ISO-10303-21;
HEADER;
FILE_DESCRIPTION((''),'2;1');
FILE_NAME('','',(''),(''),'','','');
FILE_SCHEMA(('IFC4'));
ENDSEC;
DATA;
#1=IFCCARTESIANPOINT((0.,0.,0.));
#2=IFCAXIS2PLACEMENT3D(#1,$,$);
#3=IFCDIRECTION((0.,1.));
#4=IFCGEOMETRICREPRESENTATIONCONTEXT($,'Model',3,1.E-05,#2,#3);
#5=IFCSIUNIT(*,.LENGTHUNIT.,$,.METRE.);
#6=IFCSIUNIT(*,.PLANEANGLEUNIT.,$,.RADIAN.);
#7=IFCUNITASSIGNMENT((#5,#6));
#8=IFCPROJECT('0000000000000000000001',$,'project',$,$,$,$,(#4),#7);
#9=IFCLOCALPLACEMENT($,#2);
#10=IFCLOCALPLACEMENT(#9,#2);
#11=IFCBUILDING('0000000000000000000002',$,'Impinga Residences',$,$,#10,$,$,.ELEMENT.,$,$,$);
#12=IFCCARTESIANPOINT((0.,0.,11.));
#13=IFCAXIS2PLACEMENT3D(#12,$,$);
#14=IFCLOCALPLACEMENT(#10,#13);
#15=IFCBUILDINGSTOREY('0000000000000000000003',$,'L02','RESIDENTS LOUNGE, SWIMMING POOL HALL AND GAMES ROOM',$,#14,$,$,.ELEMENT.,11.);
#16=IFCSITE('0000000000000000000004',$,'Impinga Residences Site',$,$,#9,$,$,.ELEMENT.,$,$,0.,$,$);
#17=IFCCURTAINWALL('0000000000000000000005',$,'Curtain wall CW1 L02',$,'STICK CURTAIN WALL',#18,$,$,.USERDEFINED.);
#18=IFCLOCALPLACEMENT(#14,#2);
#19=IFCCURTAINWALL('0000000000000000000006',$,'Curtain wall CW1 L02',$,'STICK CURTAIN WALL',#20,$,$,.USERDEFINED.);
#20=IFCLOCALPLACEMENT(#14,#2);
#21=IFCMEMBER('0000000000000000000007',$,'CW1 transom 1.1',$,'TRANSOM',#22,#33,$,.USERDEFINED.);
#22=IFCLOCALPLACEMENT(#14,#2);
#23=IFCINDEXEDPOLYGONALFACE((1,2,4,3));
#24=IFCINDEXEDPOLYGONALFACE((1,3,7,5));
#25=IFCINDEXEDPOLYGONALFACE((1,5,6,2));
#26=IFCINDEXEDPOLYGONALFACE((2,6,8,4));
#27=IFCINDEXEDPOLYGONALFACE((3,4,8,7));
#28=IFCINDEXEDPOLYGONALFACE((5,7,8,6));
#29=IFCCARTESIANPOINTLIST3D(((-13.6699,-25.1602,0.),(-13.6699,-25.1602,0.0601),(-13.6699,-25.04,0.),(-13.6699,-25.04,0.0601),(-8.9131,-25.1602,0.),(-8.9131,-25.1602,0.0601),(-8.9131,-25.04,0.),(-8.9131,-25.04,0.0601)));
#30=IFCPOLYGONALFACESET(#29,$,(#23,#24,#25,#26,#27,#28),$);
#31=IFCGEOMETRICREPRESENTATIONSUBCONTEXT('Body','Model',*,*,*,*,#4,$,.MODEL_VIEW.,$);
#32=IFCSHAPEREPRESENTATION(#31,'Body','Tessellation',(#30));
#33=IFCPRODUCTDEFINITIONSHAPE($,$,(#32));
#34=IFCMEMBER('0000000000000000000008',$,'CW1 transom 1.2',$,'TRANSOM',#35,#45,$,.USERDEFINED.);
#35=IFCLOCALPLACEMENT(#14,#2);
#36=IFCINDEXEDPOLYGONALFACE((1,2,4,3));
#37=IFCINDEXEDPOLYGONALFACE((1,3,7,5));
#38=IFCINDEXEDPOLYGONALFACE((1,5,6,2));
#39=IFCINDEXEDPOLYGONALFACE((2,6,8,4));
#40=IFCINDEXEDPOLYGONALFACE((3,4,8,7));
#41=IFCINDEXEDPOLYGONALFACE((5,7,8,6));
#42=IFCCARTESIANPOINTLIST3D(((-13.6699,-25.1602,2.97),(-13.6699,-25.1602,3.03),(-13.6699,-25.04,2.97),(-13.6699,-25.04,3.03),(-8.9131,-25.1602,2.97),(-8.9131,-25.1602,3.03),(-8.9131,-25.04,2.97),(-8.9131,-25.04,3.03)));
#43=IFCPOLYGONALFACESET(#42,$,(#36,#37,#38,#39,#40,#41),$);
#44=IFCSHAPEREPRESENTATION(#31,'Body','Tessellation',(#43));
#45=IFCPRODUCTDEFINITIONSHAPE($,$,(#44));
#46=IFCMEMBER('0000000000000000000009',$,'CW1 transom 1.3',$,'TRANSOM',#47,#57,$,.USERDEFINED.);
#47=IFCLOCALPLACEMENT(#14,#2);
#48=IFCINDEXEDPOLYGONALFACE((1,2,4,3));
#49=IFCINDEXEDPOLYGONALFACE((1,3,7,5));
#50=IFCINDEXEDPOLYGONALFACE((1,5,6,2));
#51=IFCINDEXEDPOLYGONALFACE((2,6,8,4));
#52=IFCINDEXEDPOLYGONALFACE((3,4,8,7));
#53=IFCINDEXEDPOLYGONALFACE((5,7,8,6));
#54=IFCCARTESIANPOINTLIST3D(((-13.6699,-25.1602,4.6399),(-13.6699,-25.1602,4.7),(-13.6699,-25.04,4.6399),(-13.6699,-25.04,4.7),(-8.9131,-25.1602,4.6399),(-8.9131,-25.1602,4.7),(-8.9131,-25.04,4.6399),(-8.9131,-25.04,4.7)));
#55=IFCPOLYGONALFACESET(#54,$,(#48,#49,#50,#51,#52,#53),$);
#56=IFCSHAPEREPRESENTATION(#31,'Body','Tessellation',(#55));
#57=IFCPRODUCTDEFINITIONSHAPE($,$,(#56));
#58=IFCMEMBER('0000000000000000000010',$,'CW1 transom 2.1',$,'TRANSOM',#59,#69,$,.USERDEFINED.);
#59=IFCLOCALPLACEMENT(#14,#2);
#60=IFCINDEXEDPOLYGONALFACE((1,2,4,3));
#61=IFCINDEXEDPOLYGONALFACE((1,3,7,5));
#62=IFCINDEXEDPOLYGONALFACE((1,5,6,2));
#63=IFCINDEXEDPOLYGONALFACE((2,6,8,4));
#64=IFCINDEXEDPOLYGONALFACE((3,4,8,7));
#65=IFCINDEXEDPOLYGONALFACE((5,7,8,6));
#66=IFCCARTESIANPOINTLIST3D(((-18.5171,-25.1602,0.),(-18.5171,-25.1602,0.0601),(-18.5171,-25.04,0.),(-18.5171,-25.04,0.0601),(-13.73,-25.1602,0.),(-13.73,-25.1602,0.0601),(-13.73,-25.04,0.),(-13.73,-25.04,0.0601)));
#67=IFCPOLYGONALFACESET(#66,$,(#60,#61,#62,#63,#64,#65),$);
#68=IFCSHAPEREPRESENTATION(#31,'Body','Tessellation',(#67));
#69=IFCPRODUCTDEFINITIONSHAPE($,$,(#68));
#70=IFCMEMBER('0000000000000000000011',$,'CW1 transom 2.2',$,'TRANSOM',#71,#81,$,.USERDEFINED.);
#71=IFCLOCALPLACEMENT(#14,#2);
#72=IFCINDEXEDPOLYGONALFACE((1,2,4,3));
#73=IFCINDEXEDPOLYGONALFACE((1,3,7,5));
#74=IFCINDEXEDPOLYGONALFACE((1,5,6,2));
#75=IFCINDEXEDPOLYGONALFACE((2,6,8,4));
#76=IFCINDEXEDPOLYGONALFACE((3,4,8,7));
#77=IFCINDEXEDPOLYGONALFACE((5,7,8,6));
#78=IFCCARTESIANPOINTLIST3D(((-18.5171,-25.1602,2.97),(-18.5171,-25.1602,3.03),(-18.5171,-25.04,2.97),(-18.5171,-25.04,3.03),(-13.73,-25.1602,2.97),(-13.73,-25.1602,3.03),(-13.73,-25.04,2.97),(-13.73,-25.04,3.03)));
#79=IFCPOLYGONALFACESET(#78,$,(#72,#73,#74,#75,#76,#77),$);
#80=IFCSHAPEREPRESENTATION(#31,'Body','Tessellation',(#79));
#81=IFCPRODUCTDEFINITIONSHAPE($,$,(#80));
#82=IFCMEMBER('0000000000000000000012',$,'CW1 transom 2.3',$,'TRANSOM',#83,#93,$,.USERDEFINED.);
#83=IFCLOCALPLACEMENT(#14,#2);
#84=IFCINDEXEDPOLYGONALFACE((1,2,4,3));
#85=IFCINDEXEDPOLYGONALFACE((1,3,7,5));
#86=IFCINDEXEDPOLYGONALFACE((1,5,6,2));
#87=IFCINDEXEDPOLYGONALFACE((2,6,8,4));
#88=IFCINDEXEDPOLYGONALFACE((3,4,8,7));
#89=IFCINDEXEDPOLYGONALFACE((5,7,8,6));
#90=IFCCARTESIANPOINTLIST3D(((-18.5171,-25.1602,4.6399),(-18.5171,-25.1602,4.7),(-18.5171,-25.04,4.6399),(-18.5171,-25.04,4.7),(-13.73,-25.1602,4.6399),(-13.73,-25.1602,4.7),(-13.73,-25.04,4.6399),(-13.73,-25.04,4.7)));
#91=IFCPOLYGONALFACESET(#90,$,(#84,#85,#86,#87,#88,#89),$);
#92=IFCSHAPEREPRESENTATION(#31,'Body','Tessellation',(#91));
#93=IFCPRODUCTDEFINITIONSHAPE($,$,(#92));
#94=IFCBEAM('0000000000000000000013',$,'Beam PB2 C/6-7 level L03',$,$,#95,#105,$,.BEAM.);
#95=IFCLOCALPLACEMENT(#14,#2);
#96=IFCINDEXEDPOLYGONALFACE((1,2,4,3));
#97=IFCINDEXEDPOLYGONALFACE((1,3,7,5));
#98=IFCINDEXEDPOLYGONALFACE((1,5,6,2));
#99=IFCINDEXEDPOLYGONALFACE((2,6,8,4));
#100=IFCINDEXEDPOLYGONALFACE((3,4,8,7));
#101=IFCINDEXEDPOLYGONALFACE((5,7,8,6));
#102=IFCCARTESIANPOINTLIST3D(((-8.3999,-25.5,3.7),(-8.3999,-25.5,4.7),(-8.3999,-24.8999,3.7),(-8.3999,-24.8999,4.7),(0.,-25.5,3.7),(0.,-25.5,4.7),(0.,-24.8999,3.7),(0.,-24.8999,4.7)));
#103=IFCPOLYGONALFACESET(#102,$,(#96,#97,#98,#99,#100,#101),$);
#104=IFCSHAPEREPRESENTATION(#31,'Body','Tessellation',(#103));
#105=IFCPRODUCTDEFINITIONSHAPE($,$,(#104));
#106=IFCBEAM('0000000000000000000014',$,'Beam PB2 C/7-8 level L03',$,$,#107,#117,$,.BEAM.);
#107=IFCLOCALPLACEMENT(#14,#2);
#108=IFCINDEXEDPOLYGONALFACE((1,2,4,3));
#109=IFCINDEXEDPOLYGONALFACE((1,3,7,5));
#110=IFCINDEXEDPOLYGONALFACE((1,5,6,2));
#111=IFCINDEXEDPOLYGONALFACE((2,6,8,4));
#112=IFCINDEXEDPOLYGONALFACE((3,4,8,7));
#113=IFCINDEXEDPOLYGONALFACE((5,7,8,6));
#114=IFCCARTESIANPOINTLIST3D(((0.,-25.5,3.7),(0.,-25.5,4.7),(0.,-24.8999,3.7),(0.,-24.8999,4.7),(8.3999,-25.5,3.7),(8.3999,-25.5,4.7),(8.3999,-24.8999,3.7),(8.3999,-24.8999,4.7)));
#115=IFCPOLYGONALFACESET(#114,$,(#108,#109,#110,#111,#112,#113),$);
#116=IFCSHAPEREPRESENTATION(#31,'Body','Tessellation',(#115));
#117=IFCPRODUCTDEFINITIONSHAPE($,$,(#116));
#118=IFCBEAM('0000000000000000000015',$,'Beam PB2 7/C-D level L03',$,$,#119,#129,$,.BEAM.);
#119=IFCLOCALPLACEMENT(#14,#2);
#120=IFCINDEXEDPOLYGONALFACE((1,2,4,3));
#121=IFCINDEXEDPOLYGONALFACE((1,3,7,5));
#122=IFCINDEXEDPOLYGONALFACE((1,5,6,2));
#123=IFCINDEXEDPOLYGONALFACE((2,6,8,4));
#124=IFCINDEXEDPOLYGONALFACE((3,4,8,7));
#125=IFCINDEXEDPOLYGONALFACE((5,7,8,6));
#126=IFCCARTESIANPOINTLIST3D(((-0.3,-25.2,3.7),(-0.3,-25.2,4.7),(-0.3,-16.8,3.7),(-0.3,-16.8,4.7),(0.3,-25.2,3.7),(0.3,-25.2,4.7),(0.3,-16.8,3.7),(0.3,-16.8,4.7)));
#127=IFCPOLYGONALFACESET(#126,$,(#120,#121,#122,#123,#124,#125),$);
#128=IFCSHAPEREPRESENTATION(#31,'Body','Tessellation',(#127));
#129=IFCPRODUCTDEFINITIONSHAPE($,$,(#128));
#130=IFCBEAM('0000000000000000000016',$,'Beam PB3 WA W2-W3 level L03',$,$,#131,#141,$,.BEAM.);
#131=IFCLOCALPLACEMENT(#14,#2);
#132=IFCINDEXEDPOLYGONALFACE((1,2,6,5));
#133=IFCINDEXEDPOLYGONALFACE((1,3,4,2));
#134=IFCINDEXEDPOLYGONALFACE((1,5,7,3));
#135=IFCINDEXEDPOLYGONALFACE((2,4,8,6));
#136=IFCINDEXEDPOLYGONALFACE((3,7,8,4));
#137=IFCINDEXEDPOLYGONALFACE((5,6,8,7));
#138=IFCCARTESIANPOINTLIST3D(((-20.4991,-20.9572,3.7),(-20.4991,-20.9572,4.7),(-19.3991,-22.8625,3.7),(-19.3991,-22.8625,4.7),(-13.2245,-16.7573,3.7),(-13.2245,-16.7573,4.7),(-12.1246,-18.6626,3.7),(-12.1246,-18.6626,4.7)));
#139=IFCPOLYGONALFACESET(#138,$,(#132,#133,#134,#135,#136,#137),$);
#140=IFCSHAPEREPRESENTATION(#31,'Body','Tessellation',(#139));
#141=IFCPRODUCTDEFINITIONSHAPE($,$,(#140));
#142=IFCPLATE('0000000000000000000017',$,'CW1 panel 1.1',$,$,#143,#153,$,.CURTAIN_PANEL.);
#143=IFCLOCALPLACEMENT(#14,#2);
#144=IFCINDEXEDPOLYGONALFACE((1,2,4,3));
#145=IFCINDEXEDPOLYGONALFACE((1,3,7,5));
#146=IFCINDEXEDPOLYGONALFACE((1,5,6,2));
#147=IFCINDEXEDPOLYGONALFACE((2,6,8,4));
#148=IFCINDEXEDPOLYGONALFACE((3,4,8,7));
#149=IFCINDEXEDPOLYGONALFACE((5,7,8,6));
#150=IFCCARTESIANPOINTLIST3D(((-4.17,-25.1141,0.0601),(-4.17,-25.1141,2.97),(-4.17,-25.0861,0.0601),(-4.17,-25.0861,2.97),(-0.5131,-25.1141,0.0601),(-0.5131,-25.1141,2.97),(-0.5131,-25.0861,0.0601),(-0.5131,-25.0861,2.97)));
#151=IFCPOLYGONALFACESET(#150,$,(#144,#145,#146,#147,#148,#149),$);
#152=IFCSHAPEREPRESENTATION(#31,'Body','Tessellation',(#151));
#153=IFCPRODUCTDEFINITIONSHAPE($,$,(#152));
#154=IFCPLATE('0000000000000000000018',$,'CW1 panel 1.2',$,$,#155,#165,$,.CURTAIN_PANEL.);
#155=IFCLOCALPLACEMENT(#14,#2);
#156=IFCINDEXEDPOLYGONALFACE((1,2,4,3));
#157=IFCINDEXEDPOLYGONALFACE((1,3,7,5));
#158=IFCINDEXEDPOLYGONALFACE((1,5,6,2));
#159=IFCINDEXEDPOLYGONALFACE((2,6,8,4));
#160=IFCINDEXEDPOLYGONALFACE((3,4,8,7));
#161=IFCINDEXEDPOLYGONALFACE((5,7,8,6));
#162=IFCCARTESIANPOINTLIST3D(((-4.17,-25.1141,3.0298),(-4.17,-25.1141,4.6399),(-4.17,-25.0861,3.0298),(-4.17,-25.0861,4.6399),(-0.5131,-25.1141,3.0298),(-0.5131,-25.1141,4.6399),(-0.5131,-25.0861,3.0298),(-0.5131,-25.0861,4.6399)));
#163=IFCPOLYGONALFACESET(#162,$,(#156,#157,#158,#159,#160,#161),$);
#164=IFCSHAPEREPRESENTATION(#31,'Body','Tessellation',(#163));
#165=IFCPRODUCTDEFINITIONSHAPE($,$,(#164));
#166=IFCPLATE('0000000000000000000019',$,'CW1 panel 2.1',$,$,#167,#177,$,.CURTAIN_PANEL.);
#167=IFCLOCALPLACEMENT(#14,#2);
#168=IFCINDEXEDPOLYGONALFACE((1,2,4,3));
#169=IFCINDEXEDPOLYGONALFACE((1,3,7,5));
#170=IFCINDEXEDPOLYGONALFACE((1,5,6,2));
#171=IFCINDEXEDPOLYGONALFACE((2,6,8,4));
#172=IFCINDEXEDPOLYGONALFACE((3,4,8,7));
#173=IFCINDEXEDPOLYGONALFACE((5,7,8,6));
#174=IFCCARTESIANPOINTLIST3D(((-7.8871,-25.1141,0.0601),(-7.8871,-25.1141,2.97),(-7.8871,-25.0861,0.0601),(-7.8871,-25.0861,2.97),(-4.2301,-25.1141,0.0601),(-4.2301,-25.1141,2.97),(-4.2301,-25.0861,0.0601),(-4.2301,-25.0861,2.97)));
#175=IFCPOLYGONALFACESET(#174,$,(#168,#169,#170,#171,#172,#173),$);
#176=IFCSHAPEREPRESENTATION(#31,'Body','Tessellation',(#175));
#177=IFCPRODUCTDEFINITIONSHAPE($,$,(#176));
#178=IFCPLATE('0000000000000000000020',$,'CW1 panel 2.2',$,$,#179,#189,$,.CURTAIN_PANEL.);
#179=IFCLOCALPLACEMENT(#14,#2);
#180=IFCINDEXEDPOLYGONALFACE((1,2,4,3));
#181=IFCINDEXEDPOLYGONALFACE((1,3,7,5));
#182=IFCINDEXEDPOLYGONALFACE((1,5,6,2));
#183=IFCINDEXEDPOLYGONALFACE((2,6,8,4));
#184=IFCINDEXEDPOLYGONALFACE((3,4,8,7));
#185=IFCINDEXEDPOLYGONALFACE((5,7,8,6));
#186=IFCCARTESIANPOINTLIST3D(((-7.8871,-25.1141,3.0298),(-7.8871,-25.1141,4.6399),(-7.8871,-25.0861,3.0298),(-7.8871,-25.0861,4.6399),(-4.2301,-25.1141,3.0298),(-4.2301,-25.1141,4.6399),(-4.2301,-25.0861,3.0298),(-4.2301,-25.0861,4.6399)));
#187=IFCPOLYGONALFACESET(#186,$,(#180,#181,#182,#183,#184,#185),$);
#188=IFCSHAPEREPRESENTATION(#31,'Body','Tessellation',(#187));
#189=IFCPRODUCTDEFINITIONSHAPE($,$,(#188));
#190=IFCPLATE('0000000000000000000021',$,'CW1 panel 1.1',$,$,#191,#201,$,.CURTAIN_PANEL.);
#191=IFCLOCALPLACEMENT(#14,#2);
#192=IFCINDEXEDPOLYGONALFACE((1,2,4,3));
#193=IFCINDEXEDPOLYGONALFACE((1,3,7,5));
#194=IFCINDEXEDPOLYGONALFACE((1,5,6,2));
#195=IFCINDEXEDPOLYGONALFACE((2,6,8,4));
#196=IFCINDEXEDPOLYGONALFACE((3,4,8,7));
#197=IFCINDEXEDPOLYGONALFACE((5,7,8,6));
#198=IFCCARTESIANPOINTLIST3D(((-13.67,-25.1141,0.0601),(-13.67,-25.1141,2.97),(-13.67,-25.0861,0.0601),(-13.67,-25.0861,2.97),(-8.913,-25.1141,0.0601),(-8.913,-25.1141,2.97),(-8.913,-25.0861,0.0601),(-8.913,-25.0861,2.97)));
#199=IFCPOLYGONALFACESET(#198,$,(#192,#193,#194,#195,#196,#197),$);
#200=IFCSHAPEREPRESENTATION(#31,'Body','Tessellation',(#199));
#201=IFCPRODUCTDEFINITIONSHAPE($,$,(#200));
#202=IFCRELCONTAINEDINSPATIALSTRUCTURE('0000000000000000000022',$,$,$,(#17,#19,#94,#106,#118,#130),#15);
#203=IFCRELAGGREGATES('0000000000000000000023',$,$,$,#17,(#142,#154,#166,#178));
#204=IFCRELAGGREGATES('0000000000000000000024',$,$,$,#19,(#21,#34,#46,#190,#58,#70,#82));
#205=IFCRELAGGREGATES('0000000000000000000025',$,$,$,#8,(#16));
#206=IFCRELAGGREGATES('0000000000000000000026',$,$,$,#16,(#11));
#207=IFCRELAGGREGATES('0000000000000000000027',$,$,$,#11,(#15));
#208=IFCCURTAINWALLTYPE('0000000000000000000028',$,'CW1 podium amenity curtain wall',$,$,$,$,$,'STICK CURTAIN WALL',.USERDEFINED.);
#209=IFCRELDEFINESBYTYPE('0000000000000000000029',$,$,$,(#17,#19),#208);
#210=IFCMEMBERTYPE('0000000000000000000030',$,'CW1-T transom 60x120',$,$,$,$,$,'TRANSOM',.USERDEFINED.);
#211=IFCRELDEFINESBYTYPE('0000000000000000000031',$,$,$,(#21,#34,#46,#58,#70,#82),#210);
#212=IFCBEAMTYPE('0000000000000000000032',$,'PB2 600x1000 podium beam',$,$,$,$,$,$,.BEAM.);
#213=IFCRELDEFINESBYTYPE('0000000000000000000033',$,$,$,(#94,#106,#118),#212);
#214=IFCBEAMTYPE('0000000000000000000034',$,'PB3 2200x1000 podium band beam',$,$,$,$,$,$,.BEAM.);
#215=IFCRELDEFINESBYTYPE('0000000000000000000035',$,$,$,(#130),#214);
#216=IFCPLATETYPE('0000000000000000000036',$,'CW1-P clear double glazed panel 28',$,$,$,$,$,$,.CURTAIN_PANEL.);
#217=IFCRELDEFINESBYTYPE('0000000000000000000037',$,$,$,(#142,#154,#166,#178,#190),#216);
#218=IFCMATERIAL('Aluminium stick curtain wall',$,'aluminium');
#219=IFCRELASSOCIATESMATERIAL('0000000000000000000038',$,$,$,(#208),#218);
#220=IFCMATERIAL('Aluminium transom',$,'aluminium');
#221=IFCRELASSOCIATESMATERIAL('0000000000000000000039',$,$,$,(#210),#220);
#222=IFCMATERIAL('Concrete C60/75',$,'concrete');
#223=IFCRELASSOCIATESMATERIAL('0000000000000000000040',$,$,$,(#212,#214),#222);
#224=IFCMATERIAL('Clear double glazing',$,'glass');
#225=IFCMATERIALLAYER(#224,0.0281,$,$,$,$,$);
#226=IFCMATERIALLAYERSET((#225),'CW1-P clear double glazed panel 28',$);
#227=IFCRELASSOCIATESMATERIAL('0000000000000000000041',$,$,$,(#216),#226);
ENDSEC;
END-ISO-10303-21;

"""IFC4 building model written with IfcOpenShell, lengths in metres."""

from ifc_helpers import new_model, si_unit, direction, frame, origin, origin_2d, place, context, subcontext, project, spatial, rectangle, extrude, material, layer, layer_set, material_profile, profile_set, type_object, element, aggregate, save


model = new_model("IFC4")

# Units and contexts
model_context = context("Model", 3, precision=1e-05, world=origin(), true_north=direction((0.0, 1.0)))
body_context = subcontext(model_context, "Body", "Model", "MODEL_VIEW")
ifc_project = project(units=[si_unit("LENGTHUNIT", "METRE"), si_unit("PLANEANGLEUNIT", "RADIAN")], contexts=[model_context])

# Site, building, storey
site_placement = place(None, origin())
site = spatial("IfcSite", under=ifc_project, at=site_placement, Name="Impinga Residences Site", CompositionType="ELEMENT", RefElevation=0.0)
building_placement = place(site_placement, origin())
building = spatial("IfcBuilding", under=site, at=building_placement, Name="Impinga Residences", CompositionType="ELEMENT")
storey_placement = place(building_placement, frame((0.0, 0.0, 11.0)))
storey = spatial("IfcBuildingStorey", under=building, at=storey_placement, Name="L02", Description="RESIDENTS LOUNGE, SWIMMING POOL HALL AND GAMES ROOM", CompositionType="ELEMENT", Elevation=11.0)

# Curtain walls
ifc_material_1 = material(Name="Aluminium stick curtain wall", Category="aluminium")
curtain_wall_type = type_object("IfcCurtainWallType", Name="CW1 podium amenity curtain wall", ElementType="STICK CURTAIN WALL", PredefinedType="USERDEFINED", material=ifc_material_1)
curtain_wall_1_placement = place(storey_placement, origin())
curtain_wall_1 = element("IfcCurtainWall", 1, at=curtain_wall_1_placement, inside=storey, type_object=curtain_wall_type, Name="Curtain wall CW1 L02", ObjectType="STICK CURTAIN WALL", PredefinedType="USERDEFINED")
curtain_wall_2_placement = place(storey_placement, origin())
curtain_wall_2 = element("IfcCurtainWall", 2, at=curtain_wall_2_placement, inside=storey, type_object=curtain_wall_type, Name="Curtain wall CW1 L02", ObjectType="STICK CURTAIN WALL", PredefinedType="USERDEFINED")

# Members
ifc_material_2 = material(Name="Aluminium transom", Category="aluminium")
ifc_material_profile_1 = material_profile(ifc_material_2, rectangle(XDim=0.0601, YDim=0.1201, at=origin_2d()), Name="60x120 transom")
ifc_profile_set_1 = profile_set([ifc_material_profile_1], Name="Aluminium transom")
member_type_1 = type_object("IfcMemberType", Name="CW1-T transom 60x120", ElementType="TRANSOM", PredefinedType="USERDEFINED", material=ifc_profile_set_1)
member_1_placement = place(storey_placement, frame((-8.9131, -25.1001, 0.03), z_axis=(-1.0, 0.0, 0.0), x_axis=(0.0, 0.0, 1.0)))
member_1 = element("IfcMember", 3, at=member_1_placement, type_object=member_type_1, Name="CW1 transom 1.1", ObjectType="TRANSOM", PredefinedType="USERDEFINED", context=body_context, shape_type="SweptSolid", body=[
    extrude(rectangle(XDim=0.0601, YDim=0.1201, at=origin_2d()), origin(), (0.0, 0.0, 1.0), 4.7568),
])
member_2_placement = place(storey_placement, frame((-8.9131, -25.1001, 3.0), z_axis=(-1.0, 0.0, 0.0), x_axis=(0.0, 0.0, 1.0)))
member_2 = element("IfcMember", 4, at=member_2_placement, type_object=member_type_1, Name="CW1 transom 1.2", ObjectType="TRANSOM", PredefinedType="USERDEFINED", context=body_context, shape_type="SweptSolid", body=[
    extrude(rectangle(XDim=0.0601, YDim=0.1201, at=origin_2d()), origin(), (0.0, 0.0, 1.0), 4.7568),
])
member_3_placement = place(storey_placement, frame((-8.9131, -25.1001, 4.6699), z_axis=(-1.0, 0.0, 0.0), x_axis=(0.0, 0.0, 1.0)))
member_3 = element("IfcMember", 5, at=member_3_placement, type_object=member_type_1, Name="CW1 transom 1.3", ObjectType="TRANSOM", PredefinedType="USERDEFINED", context=body_context, shape_type="SweptSolid", body=[
    extrude(rectangle(XDim=0.0601, YDim=0.1201, at=origin_2d()), origin(), (0.0, 0.0, 1.0), 4.7568),
])
member_4_placement = place(storey_placement, frame((-13.73, -25.1001, 0.03), z_axis=(-1.0, 0.0, 0.0), x_axis=(0.0, 0.0, 1.0)))
member_4 = element("IfcMember", 6, at=member_4_placement, type_object=member_type_1, Name="CW1 transom 2.1", ObjectType="TRANSOM", PredefinedType="USERDEFINED", context=body_context, shape_type="SweptSolid", body=[
    extrude(rectangle(XDim=0.0601, YDim=0.1201, at=origin_2d()), origin(), (0.0, 0.0, 1.0), 4.7871),
])
member_5_placement = place(storey_placement, frame((-13.73, -25.1001, 3.0), z_axis=(-1.0, 0.0, 0.0), x_axis=(0.0, 0.0, 1.0)))
member_5 = element("IfcMember", 7, at=member_5_placement, type_object=member_type_1, Name="CW1 transom 2.2", ObjectType="TRANSOM", PredefinedType="USERDEFINED", context=body_context, shape_type="SweptSolid", body=[
    extrude(rectangle(XDim=0.0601, YDim=0.1201, at=origin_2d()), origin(), (0.0, 0.0, 1.0), 4.7871),
])
member_6_placement = place(storey_placement, frame((-13.73, -25.1001, 4.6699), z_axis=(-1.0, 0.0, 0.0), x_axis=(0.0, 0.0, 1.0)))
member_6 = element("IfcMember", 8, at=member_6_placement, type_object=member_type_1, Name="CW1 transom 2.3", ObjectType="TRANSOM", PredefinedType="USERDEFINED", context=body_context, shape_type="SweptSolid", body=[
    extrude(rectangle(XDim=0.0601, YDim=0.1201, at=origin_2d()), origin(), (0.0, 0.0, 1.0), 4.7871),
])

# Beams
ifc_material_3 = material(Name="Concrete C60/75", Category="concrete")
ifc_material_profile_2 = material_profile(ifc_material_3, rectangle(XDim=0.6001, YDim=1.0, at=origin_2d()), Name="RC 600x1000")
ifc_profile_set_2 = profile_set([ifc_material_profile_2], Name="Concrete C60/75")
beam_type_1 = type_object("IfcBeamType", Name="PB2 600x1000 podium beam", PredefinedType="BEAM", material=ifc_profile_set_2)
for number, where, z_axis, x_axis, name in (
    (9, (-8.3999, -25.2, 4.2), (1.0, 0.0, 0.0), (0.0, 1.0, 0.0), "Beam PB2 C/6-7 level L03"),
    (10, (0.0, -25.2, 4.2), (1.0, 0.0, 0.0), (0.0, 1.0, 0.0), "Beam PB2 C/7-8 level L03"),
    (11, (0.0, -25.2, 4.2), (0.0, 1.0, 0.0), (-1.0, 0.0, 0.0), "Beam PB2 7/C-D level L03"),
):
    element("IfcBeam", number, at=place(storey_placement, frame(where, z_axis=z_axis, x_axis=x_axis)), inside=storey, type_object=beam_type_1, Name=name, PredefinedType="BEAM", context=body_context, shape_type="SweptSolid", body=[
        extrude(rectangle(XDim=0.6001, YDim=1.0, at=origin_2d()), origin(), (0.0, 0.0, 1.0), 8.3999),
    ])
ifc_material_profile_3 = material_profile(ifc_material_3, rectangle(XDim=2.2, YDim=1.0, at=origin_2d()), Name="RC 2200x1000")
ifc_profile_set_3 = profile_set([ifc_material_profile_3], Name="Concrete C60/75")
beam_type_2 = type_object("IfcBeamType", Name="PB3 2200x1000 podium band beam", PredefinedType="BEAM", material=ifc_profile_set_3)
beam_placement = place(storey_placement, frame((-12.6746, -17.71, 4.2), z_axis=(-0.866029, -0.499993, 0.0), x_axis=(0.499993, -0.866029, 0.0)))
element("IfcBeam", 12, at=beam_placement, inside=storey, type_object=beam_type_2, Name="Beam PB3 WA W2-W3 level L03", PredefinedType="BEAM", context=body_context, shape_type="SweptSolid", body=[
    extrude(rectangle(XDim=2.2, YDim=1.0, at=origin_2d()), origin(), (0.0, 0.0, 1.0), 8.3999),
])

# Plates
ifc_material_4 = material(Name="Clear double glazing", Category="glass")
ifc_layer = layer(ifc_material_4, 0.0281)
ifc_layer_set = layer_set([ifc_layer], Name="CW1-P clear double glazed panel 28")
plate_type = type_object("IfcPlateType", Name="CW1-P clear double glazed panel 28", PredefinedType="CURTAIN_PANEL", material=ifc_layer_set)
plate_1_placement = place(storey_placement, frame((-2.3416, -25.1001, 0.0601), z_axis=(0.0, 0.0, 1.0), x_axis=(-1.0, 0.0, 0.0)))
plate_1 = element("IfcPlate", 13, at=plate_1_placement, type_object=plate_type, Name="CW1 panel 1.1", PredefinedType="CURTAIN_PANEL", context=body_context, shape_type="SweptSolid", body=[
    extrude(rectangle(XDim=3.657, YDim=0.0281, at=origin_2d()), origin(), (0.0, 0.0, 1.0), 2.9099),
])
plate_2_placement = place(storey_placement, frame((-2.3416, -25.1001, 3.0298), z_axis=(0.0, 0.0, 1.0), x_axis=(-1.0, 0.0, 0.0)))
plate_2 = element("IfcPlate", 14, at=plate_2_placement, type_object=plate_type, Name="CW1 panel 1.2", PredefinedType="CURTAIN_PANEL", context=body_context, shape_type="SweptSolid", body=[
    extrude(rectangle(XDim=3.657, YDim=0.0281, at=origin_2d()), origin(), (0.0, 0.0, 1.0), 1.6101),
])
plate_3_placement = place(storey_placement, frame((-6.0586, -25.1001, 0.0601), z_axis=(0.0, 0.0, 1.0), x_axis=(-1.0, 0.0, 0.0)))
plate_3 = element("IfcPlate", 15, at=plate_3_placement, type_object=plate_type, Name="CW1 panel 2.1", PredefinedType="CURTAIN_PANEL", context=body_context, shape_type="SweptSolid", body=[
    extrude(rectangle(XDim=3.657, YDim=0.0281, at=origin_2d()), origin(), (0.0, 0.0, 1.0), 2.9099),
])
plate_4_placement = place(storey_placement, frame((-6.0586, -25.1001, 3.0298), z_axis=(0.0, 0.0, 1.0), x_axis=(-1.0, 0.0, 0.0)))
plate_4 = element("IfcPlate", 16, at=plate_4_placement, type_object=plate_type, Name="CW1 panel 2.2", PredefinedType="CURTAIN_PANEL", context=body_context, shape_type="SweptSolid", body=[
    extrude(rectangle(XDim=3.657, YDim=0.0281, at=origin_2d()), origin(), (0.0, 0.0, 1.0), 1.6101),
])
aggregate(curtain_wall_1, [plate_1, plate_2, plate_3, plate_4])
plate_5_placement = place(storey_placement, frame((-11.2915, -25.1001, 0.0601), z_axis=(0.0, 0.0, 1.0), x_axis=(-1.0, 0.0, 0.0)))
plate_5 = element("IfcPlate", 17, at=plate_5_placement, type_object=plate_type, Name="CW1 panel 1.1", PredefinedType="CURTAIN_PANEL", context=body_context, shape_type="SweptSolid", body=[
    extrude(rectangle(XDim=4.7571, YDim=0.0281, at=origin_2d()), origin(), (0.0, 0.0, 1.0), 2.9099),
])
aggregate(curtain_wall_2, [member_1, member_2, member_3, plate_5, member_4, member_5, member_6])

save(model, "model.ifc")
